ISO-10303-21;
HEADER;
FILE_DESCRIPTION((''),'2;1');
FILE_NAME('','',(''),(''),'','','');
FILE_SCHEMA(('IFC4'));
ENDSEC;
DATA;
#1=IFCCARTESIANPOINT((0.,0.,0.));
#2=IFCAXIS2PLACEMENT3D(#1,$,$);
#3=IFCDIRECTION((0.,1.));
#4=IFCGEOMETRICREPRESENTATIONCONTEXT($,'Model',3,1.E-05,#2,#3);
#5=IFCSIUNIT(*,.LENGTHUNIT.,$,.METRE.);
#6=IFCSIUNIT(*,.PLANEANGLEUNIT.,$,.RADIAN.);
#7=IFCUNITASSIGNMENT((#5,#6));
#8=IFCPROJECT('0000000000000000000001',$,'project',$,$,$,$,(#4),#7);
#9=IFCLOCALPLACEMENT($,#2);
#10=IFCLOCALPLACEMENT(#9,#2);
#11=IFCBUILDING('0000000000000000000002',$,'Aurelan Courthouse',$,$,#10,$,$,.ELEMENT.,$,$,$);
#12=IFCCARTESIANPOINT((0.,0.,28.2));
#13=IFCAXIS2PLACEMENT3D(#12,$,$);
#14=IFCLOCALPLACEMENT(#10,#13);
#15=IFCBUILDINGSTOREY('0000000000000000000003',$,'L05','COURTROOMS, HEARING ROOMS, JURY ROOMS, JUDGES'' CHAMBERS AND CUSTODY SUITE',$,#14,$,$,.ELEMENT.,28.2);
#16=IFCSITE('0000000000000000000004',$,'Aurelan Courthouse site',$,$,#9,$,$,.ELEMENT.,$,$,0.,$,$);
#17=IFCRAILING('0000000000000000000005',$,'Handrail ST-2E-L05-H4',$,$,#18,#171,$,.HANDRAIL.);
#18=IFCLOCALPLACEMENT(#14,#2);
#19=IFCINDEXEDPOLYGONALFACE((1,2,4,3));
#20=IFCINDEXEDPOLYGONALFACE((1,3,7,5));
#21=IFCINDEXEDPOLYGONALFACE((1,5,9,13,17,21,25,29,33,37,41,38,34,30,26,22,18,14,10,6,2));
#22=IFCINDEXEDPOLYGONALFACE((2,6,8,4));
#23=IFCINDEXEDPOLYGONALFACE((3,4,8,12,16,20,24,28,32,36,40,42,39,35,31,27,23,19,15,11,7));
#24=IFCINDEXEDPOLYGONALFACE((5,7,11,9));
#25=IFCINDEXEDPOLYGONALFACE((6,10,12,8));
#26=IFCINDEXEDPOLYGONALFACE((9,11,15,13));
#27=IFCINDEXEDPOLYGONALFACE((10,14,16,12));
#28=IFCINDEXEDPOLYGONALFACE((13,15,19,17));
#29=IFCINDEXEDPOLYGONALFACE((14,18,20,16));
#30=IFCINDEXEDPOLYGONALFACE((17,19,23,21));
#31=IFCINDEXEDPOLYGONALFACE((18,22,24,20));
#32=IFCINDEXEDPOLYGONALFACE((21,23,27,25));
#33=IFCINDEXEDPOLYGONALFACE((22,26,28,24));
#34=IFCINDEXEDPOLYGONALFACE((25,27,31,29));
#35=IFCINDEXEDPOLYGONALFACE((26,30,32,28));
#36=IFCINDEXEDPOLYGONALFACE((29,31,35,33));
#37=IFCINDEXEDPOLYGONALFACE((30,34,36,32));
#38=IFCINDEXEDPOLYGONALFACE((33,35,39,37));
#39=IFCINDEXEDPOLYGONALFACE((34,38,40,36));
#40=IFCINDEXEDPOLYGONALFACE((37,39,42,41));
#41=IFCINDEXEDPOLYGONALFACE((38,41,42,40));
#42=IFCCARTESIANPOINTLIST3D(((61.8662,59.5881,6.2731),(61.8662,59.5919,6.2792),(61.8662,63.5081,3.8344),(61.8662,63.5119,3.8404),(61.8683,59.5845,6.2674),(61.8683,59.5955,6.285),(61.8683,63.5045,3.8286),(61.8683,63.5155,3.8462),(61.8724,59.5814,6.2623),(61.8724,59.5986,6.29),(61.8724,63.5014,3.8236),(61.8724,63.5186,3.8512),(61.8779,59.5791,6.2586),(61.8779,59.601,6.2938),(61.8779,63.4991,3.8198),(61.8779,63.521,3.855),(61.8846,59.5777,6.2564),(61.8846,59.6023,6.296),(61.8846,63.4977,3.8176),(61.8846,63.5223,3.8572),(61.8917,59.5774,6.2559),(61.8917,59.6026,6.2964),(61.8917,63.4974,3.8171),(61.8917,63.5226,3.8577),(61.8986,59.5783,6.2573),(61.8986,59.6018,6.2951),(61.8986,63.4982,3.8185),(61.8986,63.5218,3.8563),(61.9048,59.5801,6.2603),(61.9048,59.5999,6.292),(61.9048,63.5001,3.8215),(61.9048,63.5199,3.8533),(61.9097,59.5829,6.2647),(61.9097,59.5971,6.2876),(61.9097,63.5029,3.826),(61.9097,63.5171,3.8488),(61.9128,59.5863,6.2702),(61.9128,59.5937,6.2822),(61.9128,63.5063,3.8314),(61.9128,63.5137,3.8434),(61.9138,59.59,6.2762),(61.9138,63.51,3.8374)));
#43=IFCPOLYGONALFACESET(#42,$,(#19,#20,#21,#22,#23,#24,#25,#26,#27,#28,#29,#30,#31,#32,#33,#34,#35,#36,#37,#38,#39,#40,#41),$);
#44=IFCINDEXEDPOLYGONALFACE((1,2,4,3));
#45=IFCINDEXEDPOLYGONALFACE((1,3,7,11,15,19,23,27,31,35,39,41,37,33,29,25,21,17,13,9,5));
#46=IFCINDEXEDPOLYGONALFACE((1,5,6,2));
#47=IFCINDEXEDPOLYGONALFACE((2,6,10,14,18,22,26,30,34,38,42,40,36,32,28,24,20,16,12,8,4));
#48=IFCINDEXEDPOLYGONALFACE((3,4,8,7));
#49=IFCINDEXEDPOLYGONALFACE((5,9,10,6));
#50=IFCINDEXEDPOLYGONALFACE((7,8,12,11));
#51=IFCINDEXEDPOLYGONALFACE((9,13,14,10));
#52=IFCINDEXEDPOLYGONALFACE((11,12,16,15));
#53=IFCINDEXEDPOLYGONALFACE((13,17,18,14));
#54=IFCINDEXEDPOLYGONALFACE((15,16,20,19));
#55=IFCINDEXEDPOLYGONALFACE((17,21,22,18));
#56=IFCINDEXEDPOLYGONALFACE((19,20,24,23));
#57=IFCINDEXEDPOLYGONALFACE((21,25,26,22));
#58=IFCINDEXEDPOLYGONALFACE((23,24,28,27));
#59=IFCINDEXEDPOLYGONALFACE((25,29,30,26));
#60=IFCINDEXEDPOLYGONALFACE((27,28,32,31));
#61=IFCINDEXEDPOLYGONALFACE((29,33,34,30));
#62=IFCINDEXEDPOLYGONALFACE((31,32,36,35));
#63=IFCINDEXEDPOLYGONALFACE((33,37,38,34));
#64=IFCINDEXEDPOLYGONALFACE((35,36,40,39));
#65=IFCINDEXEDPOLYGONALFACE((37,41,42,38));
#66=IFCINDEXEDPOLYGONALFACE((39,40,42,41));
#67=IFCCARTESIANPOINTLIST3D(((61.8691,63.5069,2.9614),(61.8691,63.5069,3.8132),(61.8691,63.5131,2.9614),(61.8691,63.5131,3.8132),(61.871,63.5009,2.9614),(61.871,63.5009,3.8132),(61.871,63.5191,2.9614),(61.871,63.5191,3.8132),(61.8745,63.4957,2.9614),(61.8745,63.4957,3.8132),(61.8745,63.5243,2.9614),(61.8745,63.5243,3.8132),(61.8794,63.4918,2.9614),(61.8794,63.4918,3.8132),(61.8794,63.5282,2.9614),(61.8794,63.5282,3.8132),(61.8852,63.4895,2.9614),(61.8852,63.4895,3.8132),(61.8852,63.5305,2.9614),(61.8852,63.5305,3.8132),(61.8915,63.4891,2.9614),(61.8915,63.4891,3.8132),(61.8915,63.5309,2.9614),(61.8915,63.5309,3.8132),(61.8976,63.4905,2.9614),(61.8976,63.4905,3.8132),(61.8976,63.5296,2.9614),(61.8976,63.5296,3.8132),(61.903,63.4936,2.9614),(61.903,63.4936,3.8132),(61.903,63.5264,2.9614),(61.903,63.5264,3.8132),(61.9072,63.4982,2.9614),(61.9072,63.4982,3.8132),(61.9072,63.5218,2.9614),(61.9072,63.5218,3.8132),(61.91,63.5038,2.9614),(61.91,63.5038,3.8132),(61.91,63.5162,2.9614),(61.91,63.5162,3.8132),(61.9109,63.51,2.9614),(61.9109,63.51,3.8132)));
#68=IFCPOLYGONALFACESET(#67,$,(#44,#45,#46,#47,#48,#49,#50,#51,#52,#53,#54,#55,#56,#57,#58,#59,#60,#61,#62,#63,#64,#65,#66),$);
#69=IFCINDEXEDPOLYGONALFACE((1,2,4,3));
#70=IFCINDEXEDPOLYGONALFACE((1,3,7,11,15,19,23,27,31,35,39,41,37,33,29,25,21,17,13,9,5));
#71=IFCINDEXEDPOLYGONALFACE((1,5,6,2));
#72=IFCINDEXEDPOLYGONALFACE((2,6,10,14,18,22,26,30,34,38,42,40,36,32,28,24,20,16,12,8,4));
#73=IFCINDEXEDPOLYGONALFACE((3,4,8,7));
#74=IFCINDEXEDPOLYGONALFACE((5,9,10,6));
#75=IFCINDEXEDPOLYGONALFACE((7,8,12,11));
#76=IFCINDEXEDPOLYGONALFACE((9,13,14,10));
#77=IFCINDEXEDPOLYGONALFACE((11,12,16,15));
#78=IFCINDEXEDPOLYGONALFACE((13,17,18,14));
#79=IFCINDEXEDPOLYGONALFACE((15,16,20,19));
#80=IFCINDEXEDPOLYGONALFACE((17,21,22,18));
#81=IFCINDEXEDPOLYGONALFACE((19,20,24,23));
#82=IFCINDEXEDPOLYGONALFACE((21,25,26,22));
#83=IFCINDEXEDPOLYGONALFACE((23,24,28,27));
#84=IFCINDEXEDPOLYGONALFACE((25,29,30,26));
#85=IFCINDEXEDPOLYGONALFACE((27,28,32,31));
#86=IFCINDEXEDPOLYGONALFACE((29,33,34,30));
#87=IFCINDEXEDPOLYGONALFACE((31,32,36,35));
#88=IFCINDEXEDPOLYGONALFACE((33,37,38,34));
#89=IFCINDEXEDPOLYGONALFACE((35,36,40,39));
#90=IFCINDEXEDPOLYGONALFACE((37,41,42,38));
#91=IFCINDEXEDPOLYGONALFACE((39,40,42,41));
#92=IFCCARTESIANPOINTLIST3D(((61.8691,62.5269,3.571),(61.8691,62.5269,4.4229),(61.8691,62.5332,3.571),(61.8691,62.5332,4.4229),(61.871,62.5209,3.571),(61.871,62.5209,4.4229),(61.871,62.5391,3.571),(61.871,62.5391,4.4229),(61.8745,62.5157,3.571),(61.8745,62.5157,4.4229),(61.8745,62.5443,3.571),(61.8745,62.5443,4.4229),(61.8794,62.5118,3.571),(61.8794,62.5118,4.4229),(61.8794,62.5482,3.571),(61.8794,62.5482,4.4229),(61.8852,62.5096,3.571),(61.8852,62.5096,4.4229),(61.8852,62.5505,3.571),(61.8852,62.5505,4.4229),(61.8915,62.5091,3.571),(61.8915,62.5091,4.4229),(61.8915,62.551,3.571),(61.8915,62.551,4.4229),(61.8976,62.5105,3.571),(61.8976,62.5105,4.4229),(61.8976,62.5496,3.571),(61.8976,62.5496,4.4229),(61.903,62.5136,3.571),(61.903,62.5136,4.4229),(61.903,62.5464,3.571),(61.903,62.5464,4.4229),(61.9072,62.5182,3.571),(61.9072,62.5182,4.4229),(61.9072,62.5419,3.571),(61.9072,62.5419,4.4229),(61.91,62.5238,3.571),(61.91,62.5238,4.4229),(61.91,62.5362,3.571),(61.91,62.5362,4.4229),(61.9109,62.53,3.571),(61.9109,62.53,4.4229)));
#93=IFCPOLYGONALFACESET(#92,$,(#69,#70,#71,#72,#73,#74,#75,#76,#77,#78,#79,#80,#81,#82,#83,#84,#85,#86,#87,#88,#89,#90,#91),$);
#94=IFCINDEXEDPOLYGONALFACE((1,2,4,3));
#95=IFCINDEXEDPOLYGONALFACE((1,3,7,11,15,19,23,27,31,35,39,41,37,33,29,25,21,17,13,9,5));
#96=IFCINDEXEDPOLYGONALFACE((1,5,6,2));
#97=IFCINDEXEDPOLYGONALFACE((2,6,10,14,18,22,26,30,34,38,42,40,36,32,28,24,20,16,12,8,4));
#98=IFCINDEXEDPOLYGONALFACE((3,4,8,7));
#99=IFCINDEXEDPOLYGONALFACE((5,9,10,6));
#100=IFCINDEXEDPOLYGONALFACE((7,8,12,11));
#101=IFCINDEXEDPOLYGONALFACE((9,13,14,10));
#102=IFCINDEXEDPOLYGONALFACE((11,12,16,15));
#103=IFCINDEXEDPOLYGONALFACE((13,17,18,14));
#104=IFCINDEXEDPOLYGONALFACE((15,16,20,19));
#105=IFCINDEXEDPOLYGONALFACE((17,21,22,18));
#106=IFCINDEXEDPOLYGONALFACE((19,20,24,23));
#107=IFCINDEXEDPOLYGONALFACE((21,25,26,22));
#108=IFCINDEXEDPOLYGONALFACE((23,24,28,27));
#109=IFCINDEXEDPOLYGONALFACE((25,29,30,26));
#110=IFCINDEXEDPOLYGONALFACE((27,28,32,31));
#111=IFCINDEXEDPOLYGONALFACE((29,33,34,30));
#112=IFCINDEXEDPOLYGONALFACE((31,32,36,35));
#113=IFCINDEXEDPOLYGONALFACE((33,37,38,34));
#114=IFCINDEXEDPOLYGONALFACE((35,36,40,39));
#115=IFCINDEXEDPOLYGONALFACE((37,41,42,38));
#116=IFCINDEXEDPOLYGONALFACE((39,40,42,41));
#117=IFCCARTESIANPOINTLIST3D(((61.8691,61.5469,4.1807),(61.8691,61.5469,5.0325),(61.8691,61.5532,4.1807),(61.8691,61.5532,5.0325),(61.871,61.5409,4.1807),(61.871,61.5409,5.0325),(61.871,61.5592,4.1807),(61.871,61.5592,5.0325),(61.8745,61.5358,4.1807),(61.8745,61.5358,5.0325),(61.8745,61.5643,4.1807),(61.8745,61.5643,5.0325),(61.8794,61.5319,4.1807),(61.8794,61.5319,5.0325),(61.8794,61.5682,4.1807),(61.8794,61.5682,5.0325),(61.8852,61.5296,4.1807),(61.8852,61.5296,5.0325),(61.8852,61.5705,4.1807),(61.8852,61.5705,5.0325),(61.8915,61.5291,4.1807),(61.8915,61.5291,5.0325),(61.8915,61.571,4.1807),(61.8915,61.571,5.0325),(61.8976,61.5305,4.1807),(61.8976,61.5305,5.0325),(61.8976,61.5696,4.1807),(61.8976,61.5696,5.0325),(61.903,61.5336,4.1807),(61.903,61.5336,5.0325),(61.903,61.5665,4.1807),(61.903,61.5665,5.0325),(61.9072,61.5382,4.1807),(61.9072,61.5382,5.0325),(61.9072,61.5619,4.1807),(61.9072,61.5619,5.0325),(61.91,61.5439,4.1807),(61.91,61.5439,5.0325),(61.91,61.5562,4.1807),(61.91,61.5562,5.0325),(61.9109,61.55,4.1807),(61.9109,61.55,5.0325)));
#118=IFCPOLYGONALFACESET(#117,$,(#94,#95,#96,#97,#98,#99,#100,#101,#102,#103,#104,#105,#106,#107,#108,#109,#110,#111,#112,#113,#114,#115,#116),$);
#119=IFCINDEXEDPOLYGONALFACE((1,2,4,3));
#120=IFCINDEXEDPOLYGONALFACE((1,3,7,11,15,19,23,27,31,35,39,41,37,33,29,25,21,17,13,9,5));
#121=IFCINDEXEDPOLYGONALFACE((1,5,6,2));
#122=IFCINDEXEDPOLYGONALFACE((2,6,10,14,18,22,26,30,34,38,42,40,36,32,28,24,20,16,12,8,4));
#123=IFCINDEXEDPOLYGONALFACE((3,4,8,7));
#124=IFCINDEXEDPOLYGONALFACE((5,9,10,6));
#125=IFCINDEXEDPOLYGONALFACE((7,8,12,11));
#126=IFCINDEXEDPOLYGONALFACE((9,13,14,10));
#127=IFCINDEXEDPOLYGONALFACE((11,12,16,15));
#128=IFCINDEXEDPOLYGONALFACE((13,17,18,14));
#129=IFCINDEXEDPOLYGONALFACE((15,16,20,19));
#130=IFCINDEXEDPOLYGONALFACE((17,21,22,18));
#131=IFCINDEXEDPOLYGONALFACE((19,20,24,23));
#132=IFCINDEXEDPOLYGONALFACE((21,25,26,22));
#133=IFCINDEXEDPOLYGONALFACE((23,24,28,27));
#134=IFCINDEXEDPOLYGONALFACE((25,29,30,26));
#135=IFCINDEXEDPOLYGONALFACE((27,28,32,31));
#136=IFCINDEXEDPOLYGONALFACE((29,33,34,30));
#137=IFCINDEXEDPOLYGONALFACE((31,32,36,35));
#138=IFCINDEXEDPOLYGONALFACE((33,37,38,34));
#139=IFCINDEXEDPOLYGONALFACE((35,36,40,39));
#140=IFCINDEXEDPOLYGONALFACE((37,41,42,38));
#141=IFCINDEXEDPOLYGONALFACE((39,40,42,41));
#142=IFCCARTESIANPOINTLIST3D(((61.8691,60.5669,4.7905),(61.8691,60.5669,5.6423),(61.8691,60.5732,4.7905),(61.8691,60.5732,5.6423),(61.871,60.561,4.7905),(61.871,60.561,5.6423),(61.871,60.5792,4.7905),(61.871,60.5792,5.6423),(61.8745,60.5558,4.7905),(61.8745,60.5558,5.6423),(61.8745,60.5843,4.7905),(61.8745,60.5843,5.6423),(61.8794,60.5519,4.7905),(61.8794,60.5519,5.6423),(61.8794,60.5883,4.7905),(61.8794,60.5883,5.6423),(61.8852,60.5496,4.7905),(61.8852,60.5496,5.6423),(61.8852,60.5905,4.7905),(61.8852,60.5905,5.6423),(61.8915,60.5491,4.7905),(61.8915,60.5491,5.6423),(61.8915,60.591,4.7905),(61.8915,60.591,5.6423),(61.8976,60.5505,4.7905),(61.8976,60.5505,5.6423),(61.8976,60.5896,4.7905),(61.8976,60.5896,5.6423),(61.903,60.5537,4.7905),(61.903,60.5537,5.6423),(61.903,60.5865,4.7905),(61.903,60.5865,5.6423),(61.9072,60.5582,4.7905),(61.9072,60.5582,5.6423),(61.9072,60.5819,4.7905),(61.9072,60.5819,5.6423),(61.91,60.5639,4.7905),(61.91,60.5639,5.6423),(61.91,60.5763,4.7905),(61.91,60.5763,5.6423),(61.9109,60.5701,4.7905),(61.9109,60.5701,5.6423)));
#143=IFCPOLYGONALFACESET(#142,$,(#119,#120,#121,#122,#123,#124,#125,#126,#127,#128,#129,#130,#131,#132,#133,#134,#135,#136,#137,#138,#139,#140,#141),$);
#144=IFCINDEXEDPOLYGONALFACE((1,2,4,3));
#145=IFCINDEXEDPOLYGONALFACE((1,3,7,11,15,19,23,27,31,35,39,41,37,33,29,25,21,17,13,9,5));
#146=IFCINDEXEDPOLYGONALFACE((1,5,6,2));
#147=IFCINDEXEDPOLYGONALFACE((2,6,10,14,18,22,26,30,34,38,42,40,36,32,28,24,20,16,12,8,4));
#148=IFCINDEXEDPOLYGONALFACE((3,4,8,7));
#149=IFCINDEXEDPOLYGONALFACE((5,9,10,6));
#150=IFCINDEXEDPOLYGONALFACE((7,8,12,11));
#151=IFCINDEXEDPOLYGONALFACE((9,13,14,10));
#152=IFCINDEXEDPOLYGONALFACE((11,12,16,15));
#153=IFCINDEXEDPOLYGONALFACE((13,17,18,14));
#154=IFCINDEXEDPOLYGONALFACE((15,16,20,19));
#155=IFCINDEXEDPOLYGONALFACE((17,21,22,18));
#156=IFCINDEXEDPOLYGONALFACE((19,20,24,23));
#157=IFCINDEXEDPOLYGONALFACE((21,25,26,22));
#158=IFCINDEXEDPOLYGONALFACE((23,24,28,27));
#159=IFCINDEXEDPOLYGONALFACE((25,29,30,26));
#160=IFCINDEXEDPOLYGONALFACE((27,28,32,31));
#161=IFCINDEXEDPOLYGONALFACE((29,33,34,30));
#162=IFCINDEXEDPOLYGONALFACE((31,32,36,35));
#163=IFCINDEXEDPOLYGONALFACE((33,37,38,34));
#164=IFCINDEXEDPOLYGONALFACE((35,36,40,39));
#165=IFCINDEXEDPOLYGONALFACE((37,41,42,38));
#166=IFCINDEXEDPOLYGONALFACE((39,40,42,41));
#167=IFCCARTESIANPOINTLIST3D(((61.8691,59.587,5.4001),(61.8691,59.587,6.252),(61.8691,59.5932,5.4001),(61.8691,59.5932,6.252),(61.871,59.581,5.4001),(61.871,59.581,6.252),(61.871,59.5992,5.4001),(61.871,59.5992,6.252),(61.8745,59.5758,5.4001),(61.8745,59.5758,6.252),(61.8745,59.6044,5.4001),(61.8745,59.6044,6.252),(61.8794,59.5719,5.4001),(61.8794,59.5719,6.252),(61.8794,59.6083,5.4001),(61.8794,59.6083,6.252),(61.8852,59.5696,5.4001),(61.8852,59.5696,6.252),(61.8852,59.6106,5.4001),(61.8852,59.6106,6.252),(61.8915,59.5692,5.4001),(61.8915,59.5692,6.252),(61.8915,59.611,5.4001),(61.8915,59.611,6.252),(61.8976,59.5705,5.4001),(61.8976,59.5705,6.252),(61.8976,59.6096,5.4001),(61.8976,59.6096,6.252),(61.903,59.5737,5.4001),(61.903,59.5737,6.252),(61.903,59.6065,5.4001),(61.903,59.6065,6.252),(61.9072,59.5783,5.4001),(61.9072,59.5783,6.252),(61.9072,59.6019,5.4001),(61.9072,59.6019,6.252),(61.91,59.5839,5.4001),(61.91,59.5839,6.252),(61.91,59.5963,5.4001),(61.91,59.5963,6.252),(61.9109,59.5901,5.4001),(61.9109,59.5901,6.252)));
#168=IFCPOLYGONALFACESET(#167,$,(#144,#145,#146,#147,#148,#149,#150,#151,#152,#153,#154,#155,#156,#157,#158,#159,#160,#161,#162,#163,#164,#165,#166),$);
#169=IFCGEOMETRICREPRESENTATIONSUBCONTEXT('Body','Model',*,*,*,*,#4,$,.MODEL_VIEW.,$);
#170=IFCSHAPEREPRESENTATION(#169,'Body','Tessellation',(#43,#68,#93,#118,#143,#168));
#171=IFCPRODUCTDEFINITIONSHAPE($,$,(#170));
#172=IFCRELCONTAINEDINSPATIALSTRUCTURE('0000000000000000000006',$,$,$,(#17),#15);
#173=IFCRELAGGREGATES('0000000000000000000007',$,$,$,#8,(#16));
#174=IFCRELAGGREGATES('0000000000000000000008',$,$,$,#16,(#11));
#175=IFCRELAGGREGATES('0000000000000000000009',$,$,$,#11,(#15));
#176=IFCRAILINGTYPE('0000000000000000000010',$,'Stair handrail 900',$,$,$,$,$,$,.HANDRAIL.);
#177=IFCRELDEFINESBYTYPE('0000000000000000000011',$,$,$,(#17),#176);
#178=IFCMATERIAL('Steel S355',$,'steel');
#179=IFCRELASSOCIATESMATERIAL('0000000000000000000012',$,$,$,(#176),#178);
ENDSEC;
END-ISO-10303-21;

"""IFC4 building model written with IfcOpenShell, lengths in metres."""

from ifc_helpers import new_model, si_unit, direction, frame, origin, origin_2d, place, context, subcontext, project, spatial, circle, extrude, material, type_object, element, save


model = new_model("IFC4")

# Units and contexts
model_context = context("Model", 3, precision=1e-05, world=origin(), true_north=direction((0.0, 1.0)))
body_context = subcontext(model_context, "Body", "Model", "MODEL_VIEW")
ifc_project = project(units=[si_unit("LENGTHUNIT", "METRE"), si_unit("PLANEANGLEUNIT", "RADIAN")], contexts=[model_context])

# Site, building, storey
site_placement = place(None, origin())
site = spatial("IfcSite", under=ifc_project, at=site_placement, Name="Aurelan Courthouse site", CompositionType="ELEMENT", RefElevation=0.0)
building_placement = place(site_placement, origin())
building = spatial("IfcBuilding", under=site, at=building_placement, Name="Aurelan Courthouse", CompositionType="ELEMENT")
storey_placement = place(building_placement, frame((0.0, 0.0, 28.2)))
storey = spatial("IfcBuildingStorey", under=building, at=storey_placement, Name="L05", Description="COURTROOMS, HEARING ROOMS, JURY ROOMS, JUDGES' CHAMBERS AND CUSTODY SUITE", CompositionType="ELEMENT", Elevation=28.2)

# Shared definitions
ifc_material_1 = material(Name="Steel S355", Category="steel")

# Railing
railing_type_1 = type_object("IfcRailingType", Name="Stair handrail 900", PredefinedType="HANDRAIL", material=ifc_material_1)
for number, where, name in (
    (1, (61.8899, 63.51, 2.9614), "Handrail ST-2E-L05-H4"),
):
    element("IfcRailing", number, at=place(storey_placement, frame(where)), inside=storey, type_object=railing_type_1, Name=name, PredefinedType="HANDRAIL", context=body_context, shape_type="SweptSolid", body=[
        extrude(circle(Radius=0.0239, at=origin_2d()), frame((0.0, 0.0, 0.876), z_axis=(0.0, -0.84909, 0.528249), x_axis=(1.0, 0.0, 0.0)), (0.0, 0.0, 1.0), 4.6167),
        extrude(circle(Radius=0.021, at=origin_2d()), origin(), (0.0, 0.0, 1.0), 0.8518),
        extrude(circle(Radius=0.021, at=origin_2d()), frame((0.0, -0.98, 0.6096)), (0.0, 0.0, 1.0), 0.8518),
        extrude(circle(Radius=0.021, at=origin_2d()), frame((0.0, -1.96, 1.2192)), (0.0, 0.0, 1.0), 0.8518),
        extrude(circle(Radius=0.021, at=origin_2d()), frame((0.0, -2.9399, 1.8291)), (0.0, 0.0, 1.0), 0.8518),
        extrude(circle(Radius=0.021, at=origin_2d()), frame((0.0, -3.9199, 2.4387)), (0.0, 0.0, 1.0), 0.8518),
    ])

save(model, "model.ifc")
